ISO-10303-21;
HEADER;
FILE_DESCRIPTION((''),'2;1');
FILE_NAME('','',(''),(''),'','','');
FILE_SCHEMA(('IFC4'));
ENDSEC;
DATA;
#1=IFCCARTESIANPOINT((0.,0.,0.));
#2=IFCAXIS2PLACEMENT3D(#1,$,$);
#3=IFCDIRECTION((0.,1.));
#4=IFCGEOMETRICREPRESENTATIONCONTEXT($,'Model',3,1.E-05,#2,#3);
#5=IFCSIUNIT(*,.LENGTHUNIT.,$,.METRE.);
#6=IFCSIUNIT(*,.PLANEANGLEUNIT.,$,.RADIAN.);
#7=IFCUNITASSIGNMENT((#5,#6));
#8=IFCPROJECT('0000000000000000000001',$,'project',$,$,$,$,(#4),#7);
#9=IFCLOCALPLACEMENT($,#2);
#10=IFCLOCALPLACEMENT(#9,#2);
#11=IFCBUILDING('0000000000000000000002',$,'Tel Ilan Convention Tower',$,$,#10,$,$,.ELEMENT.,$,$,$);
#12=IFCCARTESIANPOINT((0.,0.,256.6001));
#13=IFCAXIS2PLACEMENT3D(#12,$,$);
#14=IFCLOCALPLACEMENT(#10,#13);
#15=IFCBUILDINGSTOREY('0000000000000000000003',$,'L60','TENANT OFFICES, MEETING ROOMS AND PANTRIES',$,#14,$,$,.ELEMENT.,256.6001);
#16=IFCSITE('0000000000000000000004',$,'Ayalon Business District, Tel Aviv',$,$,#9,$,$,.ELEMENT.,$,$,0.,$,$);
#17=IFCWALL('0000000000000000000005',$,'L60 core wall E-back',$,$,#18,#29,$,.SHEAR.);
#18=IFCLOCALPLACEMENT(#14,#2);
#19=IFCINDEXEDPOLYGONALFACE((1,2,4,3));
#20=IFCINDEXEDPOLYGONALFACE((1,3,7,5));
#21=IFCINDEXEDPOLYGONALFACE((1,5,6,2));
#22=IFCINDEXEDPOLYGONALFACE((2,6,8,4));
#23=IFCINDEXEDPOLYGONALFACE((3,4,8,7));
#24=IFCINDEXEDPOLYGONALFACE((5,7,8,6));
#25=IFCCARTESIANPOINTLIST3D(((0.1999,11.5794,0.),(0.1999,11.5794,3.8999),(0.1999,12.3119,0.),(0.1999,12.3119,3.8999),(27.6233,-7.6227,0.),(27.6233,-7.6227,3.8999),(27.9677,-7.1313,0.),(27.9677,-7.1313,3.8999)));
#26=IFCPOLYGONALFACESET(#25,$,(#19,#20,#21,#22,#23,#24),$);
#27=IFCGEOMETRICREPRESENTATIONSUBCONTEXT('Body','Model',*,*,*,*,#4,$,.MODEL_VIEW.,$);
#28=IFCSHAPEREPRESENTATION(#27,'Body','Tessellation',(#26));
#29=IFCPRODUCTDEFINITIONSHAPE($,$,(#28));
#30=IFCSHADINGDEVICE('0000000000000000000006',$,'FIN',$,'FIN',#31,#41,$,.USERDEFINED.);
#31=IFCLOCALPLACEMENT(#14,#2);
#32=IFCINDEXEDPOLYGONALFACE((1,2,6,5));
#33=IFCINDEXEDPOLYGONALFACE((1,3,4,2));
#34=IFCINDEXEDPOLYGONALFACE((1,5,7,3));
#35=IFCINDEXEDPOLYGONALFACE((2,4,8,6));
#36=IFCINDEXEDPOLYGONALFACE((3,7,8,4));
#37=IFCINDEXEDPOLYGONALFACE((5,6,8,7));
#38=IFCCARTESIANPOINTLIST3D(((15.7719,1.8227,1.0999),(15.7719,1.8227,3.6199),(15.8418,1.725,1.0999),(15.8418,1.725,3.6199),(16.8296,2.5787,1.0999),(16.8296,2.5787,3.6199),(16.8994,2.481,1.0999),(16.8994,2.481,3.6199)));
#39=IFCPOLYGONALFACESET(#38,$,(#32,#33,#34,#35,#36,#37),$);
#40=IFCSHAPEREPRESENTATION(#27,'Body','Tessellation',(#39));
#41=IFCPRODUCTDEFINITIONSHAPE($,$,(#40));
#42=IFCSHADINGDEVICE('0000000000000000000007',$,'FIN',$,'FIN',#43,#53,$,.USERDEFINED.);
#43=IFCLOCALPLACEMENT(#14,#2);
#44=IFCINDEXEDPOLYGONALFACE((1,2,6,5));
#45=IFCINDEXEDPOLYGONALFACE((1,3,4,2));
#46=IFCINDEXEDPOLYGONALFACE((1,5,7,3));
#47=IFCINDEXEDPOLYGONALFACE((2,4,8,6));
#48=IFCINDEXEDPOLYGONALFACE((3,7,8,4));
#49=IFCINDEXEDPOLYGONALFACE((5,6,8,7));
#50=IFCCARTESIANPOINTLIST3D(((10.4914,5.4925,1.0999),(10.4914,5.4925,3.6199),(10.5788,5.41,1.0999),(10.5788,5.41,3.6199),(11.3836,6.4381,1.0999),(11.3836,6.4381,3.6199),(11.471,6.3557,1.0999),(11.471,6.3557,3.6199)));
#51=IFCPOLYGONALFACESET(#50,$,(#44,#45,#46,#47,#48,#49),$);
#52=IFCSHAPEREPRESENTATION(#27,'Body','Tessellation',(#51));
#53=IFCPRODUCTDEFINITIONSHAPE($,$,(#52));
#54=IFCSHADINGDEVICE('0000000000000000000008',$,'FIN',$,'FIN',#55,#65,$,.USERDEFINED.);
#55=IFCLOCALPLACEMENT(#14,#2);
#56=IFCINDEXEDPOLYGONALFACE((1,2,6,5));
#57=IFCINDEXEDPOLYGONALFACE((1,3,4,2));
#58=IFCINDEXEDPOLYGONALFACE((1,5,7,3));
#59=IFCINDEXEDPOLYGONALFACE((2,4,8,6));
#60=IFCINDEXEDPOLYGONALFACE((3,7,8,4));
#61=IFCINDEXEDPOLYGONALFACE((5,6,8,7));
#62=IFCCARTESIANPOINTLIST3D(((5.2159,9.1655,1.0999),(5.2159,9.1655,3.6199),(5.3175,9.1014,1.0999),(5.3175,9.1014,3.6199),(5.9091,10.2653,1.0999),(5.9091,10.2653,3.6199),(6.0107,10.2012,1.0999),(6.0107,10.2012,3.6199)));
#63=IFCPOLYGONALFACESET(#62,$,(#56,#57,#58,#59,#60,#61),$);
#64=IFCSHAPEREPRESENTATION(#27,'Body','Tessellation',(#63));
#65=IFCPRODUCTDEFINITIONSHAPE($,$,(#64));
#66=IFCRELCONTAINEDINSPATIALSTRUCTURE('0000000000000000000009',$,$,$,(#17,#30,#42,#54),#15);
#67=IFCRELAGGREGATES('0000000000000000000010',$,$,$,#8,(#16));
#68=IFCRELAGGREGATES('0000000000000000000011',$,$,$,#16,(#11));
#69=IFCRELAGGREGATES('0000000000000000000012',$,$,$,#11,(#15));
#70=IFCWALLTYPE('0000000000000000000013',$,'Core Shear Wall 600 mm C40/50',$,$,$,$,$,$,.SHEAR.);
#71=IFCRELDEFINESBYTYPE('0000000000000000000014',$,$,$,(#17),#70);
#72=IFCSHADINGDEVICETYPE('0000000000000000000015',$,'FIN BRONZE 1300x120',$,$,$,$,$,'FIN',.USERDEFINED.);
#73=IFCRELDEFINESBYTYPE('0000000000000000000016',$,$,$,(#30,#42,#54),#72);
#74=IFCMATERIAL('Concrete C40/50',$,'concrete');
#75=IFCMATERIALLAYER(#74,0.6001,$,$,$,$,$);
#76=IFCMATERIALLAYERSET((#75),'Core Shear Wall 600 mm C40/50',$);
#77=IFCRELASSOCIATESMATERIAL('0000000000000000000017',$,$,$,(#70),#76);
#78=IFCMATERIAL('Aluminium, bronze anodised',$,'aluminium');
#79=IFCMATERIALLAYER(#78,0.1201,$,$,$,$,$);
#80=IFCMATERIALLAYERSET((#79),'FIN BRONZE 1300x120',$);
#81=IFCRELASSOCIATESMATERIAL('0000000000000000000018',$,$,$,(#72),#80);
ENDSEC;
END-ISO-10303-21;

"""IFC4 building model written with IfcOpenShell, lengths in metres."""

from ifc_helpers import new_model, si_unit, direction, frame, origin, origin_2d, place, context, subcontext, project, spatial, polyline, rectangle, outline, extrude, material, layer, layer_set, type_object, element, save


model = new_model("IFC4")

# Units and contexts
model_context = context("Model", 3, precision=1e-05, world=origin(), true_north=direction((0.0, 1.0)))
body_context = subcontext(model_context, "Body", "Model", "MODEL_VIEW")
ifc_project = project(units=[si_unit("LENGTHUNIT", "METRE"), si_unit("PLANEANGLEUNIT", "RADIAN")], contexts=[model_context])

# Site, building, storey
site_placement = place(None, origin())
site = spatial("IfcSite", under=ifc_project, at=site_placement, Name="Ayalon Business District, Tel Aviv", CompositionType="ELEMENT", RefElevation=0.0)
building_placement = place(site_placement, origin())
building = spatial("IfcBuilding", under=site, at=building_placement, Name="Tel Ilan Convention Tower", CompositionType="ELEMENT")
storey_placement = place(building_placement, frame((0.0, 0.0, 256.6001)))
storey = spatial("IfcBuildingStorey", under=building, at=storey_placement, Name="L60", Description="TENANT OFFICES, MEETING ROOMS AND PANTRIES", CompositionType="ELEMENT", Elevation=256.6001)

# Wall
ifc_material_1 = material(Name="Concrete C40/50", Category="concrete")
ifc_layer_1 = layer(ifc_material_1, 0.6001)
ifc_layer_set_1 = layer_set([ifc_layer_1], Name="Core Shear Wall 600 mm C40/50")
wall_type_1 = type_object("IfcWallType", Name="Core Shear Wall 600 mm C40/50", PredefinedType="SHEAR", material=ifc_layer_set_1)
wall_1_placement = place(storey_placement, frame((0.0278, 12.0662, 0.0), z_axis=(0.0, 0.0, 1.0), x_axis=(0.819151, -0.573577, 0.0)))
element("IfcWall", 1, at=wall_1_placement, inside=storey, type_object=wall_type_1, Name="L60 core wall E-back", PredefinedType="SHEAR", context=body_context, shape_type="SweptSolid", body=[
    extrude(outline(polyline([(33.8982, 0.3), (0.0, 0.3), (0.4202, -0.3), (33.8979, -0.3), (33.8982, 0.3)])), origin(), (0.0, 0.0, 1.0), 3.8999),
])

# Shading devices
ifc_material_2 = material(Name="Aluminium, bronze anodised", Category="aluminium")
ifc_layer_2 = layer(ifc_material_2, 0.1201)
ifc_layer_set_2 = layer_set([ifc_layer_2], Name="FIN BRONZE 1300x120")
shading_device_type_1 = type_object("IfcShadingDeviceType", Name="FIN BRONZE 1300x120", ElementType="FIN", PredefinedType="USERDEFINED", material=ifc_layer_set_2)
for number, where, z_axis, x_axis, name in (
    (2, (16.3357, 2.1519, 1.0999), (0.0, 0.0, 1.0), (0.813552, 0.581492, 0.0), "FIN"),
    (3, (10.9812, 5.9241, 1.0999), (0.0, 0.0, 1.0), (0.686242, 0.727374, 0.0), "FIN"),
    (4, (5.6133, 9.6833, 1.0999), (0.0, 0.0, 1.0), (0.533204, 0.845986, 0.0), "FIN"),
):
    element("IfcShadingDevice", number, at=place(storey_placement, frame(where, z_axis=z_axis, x_axis=x_axis)), inside=storey, type_object=shading_device_type_1, Name=name, ObjectType="FIN", PredefinedType="USERDEFINED", context=body_context, shape_type="SweptSolid", body=[
        extrude(rectangle(XDim=1.3, YDim=0.1201, at=origin_2d()), origin(), (0.0, 0.0, 1.0), 2.52),
    ])

save(model, "model.ifc")
